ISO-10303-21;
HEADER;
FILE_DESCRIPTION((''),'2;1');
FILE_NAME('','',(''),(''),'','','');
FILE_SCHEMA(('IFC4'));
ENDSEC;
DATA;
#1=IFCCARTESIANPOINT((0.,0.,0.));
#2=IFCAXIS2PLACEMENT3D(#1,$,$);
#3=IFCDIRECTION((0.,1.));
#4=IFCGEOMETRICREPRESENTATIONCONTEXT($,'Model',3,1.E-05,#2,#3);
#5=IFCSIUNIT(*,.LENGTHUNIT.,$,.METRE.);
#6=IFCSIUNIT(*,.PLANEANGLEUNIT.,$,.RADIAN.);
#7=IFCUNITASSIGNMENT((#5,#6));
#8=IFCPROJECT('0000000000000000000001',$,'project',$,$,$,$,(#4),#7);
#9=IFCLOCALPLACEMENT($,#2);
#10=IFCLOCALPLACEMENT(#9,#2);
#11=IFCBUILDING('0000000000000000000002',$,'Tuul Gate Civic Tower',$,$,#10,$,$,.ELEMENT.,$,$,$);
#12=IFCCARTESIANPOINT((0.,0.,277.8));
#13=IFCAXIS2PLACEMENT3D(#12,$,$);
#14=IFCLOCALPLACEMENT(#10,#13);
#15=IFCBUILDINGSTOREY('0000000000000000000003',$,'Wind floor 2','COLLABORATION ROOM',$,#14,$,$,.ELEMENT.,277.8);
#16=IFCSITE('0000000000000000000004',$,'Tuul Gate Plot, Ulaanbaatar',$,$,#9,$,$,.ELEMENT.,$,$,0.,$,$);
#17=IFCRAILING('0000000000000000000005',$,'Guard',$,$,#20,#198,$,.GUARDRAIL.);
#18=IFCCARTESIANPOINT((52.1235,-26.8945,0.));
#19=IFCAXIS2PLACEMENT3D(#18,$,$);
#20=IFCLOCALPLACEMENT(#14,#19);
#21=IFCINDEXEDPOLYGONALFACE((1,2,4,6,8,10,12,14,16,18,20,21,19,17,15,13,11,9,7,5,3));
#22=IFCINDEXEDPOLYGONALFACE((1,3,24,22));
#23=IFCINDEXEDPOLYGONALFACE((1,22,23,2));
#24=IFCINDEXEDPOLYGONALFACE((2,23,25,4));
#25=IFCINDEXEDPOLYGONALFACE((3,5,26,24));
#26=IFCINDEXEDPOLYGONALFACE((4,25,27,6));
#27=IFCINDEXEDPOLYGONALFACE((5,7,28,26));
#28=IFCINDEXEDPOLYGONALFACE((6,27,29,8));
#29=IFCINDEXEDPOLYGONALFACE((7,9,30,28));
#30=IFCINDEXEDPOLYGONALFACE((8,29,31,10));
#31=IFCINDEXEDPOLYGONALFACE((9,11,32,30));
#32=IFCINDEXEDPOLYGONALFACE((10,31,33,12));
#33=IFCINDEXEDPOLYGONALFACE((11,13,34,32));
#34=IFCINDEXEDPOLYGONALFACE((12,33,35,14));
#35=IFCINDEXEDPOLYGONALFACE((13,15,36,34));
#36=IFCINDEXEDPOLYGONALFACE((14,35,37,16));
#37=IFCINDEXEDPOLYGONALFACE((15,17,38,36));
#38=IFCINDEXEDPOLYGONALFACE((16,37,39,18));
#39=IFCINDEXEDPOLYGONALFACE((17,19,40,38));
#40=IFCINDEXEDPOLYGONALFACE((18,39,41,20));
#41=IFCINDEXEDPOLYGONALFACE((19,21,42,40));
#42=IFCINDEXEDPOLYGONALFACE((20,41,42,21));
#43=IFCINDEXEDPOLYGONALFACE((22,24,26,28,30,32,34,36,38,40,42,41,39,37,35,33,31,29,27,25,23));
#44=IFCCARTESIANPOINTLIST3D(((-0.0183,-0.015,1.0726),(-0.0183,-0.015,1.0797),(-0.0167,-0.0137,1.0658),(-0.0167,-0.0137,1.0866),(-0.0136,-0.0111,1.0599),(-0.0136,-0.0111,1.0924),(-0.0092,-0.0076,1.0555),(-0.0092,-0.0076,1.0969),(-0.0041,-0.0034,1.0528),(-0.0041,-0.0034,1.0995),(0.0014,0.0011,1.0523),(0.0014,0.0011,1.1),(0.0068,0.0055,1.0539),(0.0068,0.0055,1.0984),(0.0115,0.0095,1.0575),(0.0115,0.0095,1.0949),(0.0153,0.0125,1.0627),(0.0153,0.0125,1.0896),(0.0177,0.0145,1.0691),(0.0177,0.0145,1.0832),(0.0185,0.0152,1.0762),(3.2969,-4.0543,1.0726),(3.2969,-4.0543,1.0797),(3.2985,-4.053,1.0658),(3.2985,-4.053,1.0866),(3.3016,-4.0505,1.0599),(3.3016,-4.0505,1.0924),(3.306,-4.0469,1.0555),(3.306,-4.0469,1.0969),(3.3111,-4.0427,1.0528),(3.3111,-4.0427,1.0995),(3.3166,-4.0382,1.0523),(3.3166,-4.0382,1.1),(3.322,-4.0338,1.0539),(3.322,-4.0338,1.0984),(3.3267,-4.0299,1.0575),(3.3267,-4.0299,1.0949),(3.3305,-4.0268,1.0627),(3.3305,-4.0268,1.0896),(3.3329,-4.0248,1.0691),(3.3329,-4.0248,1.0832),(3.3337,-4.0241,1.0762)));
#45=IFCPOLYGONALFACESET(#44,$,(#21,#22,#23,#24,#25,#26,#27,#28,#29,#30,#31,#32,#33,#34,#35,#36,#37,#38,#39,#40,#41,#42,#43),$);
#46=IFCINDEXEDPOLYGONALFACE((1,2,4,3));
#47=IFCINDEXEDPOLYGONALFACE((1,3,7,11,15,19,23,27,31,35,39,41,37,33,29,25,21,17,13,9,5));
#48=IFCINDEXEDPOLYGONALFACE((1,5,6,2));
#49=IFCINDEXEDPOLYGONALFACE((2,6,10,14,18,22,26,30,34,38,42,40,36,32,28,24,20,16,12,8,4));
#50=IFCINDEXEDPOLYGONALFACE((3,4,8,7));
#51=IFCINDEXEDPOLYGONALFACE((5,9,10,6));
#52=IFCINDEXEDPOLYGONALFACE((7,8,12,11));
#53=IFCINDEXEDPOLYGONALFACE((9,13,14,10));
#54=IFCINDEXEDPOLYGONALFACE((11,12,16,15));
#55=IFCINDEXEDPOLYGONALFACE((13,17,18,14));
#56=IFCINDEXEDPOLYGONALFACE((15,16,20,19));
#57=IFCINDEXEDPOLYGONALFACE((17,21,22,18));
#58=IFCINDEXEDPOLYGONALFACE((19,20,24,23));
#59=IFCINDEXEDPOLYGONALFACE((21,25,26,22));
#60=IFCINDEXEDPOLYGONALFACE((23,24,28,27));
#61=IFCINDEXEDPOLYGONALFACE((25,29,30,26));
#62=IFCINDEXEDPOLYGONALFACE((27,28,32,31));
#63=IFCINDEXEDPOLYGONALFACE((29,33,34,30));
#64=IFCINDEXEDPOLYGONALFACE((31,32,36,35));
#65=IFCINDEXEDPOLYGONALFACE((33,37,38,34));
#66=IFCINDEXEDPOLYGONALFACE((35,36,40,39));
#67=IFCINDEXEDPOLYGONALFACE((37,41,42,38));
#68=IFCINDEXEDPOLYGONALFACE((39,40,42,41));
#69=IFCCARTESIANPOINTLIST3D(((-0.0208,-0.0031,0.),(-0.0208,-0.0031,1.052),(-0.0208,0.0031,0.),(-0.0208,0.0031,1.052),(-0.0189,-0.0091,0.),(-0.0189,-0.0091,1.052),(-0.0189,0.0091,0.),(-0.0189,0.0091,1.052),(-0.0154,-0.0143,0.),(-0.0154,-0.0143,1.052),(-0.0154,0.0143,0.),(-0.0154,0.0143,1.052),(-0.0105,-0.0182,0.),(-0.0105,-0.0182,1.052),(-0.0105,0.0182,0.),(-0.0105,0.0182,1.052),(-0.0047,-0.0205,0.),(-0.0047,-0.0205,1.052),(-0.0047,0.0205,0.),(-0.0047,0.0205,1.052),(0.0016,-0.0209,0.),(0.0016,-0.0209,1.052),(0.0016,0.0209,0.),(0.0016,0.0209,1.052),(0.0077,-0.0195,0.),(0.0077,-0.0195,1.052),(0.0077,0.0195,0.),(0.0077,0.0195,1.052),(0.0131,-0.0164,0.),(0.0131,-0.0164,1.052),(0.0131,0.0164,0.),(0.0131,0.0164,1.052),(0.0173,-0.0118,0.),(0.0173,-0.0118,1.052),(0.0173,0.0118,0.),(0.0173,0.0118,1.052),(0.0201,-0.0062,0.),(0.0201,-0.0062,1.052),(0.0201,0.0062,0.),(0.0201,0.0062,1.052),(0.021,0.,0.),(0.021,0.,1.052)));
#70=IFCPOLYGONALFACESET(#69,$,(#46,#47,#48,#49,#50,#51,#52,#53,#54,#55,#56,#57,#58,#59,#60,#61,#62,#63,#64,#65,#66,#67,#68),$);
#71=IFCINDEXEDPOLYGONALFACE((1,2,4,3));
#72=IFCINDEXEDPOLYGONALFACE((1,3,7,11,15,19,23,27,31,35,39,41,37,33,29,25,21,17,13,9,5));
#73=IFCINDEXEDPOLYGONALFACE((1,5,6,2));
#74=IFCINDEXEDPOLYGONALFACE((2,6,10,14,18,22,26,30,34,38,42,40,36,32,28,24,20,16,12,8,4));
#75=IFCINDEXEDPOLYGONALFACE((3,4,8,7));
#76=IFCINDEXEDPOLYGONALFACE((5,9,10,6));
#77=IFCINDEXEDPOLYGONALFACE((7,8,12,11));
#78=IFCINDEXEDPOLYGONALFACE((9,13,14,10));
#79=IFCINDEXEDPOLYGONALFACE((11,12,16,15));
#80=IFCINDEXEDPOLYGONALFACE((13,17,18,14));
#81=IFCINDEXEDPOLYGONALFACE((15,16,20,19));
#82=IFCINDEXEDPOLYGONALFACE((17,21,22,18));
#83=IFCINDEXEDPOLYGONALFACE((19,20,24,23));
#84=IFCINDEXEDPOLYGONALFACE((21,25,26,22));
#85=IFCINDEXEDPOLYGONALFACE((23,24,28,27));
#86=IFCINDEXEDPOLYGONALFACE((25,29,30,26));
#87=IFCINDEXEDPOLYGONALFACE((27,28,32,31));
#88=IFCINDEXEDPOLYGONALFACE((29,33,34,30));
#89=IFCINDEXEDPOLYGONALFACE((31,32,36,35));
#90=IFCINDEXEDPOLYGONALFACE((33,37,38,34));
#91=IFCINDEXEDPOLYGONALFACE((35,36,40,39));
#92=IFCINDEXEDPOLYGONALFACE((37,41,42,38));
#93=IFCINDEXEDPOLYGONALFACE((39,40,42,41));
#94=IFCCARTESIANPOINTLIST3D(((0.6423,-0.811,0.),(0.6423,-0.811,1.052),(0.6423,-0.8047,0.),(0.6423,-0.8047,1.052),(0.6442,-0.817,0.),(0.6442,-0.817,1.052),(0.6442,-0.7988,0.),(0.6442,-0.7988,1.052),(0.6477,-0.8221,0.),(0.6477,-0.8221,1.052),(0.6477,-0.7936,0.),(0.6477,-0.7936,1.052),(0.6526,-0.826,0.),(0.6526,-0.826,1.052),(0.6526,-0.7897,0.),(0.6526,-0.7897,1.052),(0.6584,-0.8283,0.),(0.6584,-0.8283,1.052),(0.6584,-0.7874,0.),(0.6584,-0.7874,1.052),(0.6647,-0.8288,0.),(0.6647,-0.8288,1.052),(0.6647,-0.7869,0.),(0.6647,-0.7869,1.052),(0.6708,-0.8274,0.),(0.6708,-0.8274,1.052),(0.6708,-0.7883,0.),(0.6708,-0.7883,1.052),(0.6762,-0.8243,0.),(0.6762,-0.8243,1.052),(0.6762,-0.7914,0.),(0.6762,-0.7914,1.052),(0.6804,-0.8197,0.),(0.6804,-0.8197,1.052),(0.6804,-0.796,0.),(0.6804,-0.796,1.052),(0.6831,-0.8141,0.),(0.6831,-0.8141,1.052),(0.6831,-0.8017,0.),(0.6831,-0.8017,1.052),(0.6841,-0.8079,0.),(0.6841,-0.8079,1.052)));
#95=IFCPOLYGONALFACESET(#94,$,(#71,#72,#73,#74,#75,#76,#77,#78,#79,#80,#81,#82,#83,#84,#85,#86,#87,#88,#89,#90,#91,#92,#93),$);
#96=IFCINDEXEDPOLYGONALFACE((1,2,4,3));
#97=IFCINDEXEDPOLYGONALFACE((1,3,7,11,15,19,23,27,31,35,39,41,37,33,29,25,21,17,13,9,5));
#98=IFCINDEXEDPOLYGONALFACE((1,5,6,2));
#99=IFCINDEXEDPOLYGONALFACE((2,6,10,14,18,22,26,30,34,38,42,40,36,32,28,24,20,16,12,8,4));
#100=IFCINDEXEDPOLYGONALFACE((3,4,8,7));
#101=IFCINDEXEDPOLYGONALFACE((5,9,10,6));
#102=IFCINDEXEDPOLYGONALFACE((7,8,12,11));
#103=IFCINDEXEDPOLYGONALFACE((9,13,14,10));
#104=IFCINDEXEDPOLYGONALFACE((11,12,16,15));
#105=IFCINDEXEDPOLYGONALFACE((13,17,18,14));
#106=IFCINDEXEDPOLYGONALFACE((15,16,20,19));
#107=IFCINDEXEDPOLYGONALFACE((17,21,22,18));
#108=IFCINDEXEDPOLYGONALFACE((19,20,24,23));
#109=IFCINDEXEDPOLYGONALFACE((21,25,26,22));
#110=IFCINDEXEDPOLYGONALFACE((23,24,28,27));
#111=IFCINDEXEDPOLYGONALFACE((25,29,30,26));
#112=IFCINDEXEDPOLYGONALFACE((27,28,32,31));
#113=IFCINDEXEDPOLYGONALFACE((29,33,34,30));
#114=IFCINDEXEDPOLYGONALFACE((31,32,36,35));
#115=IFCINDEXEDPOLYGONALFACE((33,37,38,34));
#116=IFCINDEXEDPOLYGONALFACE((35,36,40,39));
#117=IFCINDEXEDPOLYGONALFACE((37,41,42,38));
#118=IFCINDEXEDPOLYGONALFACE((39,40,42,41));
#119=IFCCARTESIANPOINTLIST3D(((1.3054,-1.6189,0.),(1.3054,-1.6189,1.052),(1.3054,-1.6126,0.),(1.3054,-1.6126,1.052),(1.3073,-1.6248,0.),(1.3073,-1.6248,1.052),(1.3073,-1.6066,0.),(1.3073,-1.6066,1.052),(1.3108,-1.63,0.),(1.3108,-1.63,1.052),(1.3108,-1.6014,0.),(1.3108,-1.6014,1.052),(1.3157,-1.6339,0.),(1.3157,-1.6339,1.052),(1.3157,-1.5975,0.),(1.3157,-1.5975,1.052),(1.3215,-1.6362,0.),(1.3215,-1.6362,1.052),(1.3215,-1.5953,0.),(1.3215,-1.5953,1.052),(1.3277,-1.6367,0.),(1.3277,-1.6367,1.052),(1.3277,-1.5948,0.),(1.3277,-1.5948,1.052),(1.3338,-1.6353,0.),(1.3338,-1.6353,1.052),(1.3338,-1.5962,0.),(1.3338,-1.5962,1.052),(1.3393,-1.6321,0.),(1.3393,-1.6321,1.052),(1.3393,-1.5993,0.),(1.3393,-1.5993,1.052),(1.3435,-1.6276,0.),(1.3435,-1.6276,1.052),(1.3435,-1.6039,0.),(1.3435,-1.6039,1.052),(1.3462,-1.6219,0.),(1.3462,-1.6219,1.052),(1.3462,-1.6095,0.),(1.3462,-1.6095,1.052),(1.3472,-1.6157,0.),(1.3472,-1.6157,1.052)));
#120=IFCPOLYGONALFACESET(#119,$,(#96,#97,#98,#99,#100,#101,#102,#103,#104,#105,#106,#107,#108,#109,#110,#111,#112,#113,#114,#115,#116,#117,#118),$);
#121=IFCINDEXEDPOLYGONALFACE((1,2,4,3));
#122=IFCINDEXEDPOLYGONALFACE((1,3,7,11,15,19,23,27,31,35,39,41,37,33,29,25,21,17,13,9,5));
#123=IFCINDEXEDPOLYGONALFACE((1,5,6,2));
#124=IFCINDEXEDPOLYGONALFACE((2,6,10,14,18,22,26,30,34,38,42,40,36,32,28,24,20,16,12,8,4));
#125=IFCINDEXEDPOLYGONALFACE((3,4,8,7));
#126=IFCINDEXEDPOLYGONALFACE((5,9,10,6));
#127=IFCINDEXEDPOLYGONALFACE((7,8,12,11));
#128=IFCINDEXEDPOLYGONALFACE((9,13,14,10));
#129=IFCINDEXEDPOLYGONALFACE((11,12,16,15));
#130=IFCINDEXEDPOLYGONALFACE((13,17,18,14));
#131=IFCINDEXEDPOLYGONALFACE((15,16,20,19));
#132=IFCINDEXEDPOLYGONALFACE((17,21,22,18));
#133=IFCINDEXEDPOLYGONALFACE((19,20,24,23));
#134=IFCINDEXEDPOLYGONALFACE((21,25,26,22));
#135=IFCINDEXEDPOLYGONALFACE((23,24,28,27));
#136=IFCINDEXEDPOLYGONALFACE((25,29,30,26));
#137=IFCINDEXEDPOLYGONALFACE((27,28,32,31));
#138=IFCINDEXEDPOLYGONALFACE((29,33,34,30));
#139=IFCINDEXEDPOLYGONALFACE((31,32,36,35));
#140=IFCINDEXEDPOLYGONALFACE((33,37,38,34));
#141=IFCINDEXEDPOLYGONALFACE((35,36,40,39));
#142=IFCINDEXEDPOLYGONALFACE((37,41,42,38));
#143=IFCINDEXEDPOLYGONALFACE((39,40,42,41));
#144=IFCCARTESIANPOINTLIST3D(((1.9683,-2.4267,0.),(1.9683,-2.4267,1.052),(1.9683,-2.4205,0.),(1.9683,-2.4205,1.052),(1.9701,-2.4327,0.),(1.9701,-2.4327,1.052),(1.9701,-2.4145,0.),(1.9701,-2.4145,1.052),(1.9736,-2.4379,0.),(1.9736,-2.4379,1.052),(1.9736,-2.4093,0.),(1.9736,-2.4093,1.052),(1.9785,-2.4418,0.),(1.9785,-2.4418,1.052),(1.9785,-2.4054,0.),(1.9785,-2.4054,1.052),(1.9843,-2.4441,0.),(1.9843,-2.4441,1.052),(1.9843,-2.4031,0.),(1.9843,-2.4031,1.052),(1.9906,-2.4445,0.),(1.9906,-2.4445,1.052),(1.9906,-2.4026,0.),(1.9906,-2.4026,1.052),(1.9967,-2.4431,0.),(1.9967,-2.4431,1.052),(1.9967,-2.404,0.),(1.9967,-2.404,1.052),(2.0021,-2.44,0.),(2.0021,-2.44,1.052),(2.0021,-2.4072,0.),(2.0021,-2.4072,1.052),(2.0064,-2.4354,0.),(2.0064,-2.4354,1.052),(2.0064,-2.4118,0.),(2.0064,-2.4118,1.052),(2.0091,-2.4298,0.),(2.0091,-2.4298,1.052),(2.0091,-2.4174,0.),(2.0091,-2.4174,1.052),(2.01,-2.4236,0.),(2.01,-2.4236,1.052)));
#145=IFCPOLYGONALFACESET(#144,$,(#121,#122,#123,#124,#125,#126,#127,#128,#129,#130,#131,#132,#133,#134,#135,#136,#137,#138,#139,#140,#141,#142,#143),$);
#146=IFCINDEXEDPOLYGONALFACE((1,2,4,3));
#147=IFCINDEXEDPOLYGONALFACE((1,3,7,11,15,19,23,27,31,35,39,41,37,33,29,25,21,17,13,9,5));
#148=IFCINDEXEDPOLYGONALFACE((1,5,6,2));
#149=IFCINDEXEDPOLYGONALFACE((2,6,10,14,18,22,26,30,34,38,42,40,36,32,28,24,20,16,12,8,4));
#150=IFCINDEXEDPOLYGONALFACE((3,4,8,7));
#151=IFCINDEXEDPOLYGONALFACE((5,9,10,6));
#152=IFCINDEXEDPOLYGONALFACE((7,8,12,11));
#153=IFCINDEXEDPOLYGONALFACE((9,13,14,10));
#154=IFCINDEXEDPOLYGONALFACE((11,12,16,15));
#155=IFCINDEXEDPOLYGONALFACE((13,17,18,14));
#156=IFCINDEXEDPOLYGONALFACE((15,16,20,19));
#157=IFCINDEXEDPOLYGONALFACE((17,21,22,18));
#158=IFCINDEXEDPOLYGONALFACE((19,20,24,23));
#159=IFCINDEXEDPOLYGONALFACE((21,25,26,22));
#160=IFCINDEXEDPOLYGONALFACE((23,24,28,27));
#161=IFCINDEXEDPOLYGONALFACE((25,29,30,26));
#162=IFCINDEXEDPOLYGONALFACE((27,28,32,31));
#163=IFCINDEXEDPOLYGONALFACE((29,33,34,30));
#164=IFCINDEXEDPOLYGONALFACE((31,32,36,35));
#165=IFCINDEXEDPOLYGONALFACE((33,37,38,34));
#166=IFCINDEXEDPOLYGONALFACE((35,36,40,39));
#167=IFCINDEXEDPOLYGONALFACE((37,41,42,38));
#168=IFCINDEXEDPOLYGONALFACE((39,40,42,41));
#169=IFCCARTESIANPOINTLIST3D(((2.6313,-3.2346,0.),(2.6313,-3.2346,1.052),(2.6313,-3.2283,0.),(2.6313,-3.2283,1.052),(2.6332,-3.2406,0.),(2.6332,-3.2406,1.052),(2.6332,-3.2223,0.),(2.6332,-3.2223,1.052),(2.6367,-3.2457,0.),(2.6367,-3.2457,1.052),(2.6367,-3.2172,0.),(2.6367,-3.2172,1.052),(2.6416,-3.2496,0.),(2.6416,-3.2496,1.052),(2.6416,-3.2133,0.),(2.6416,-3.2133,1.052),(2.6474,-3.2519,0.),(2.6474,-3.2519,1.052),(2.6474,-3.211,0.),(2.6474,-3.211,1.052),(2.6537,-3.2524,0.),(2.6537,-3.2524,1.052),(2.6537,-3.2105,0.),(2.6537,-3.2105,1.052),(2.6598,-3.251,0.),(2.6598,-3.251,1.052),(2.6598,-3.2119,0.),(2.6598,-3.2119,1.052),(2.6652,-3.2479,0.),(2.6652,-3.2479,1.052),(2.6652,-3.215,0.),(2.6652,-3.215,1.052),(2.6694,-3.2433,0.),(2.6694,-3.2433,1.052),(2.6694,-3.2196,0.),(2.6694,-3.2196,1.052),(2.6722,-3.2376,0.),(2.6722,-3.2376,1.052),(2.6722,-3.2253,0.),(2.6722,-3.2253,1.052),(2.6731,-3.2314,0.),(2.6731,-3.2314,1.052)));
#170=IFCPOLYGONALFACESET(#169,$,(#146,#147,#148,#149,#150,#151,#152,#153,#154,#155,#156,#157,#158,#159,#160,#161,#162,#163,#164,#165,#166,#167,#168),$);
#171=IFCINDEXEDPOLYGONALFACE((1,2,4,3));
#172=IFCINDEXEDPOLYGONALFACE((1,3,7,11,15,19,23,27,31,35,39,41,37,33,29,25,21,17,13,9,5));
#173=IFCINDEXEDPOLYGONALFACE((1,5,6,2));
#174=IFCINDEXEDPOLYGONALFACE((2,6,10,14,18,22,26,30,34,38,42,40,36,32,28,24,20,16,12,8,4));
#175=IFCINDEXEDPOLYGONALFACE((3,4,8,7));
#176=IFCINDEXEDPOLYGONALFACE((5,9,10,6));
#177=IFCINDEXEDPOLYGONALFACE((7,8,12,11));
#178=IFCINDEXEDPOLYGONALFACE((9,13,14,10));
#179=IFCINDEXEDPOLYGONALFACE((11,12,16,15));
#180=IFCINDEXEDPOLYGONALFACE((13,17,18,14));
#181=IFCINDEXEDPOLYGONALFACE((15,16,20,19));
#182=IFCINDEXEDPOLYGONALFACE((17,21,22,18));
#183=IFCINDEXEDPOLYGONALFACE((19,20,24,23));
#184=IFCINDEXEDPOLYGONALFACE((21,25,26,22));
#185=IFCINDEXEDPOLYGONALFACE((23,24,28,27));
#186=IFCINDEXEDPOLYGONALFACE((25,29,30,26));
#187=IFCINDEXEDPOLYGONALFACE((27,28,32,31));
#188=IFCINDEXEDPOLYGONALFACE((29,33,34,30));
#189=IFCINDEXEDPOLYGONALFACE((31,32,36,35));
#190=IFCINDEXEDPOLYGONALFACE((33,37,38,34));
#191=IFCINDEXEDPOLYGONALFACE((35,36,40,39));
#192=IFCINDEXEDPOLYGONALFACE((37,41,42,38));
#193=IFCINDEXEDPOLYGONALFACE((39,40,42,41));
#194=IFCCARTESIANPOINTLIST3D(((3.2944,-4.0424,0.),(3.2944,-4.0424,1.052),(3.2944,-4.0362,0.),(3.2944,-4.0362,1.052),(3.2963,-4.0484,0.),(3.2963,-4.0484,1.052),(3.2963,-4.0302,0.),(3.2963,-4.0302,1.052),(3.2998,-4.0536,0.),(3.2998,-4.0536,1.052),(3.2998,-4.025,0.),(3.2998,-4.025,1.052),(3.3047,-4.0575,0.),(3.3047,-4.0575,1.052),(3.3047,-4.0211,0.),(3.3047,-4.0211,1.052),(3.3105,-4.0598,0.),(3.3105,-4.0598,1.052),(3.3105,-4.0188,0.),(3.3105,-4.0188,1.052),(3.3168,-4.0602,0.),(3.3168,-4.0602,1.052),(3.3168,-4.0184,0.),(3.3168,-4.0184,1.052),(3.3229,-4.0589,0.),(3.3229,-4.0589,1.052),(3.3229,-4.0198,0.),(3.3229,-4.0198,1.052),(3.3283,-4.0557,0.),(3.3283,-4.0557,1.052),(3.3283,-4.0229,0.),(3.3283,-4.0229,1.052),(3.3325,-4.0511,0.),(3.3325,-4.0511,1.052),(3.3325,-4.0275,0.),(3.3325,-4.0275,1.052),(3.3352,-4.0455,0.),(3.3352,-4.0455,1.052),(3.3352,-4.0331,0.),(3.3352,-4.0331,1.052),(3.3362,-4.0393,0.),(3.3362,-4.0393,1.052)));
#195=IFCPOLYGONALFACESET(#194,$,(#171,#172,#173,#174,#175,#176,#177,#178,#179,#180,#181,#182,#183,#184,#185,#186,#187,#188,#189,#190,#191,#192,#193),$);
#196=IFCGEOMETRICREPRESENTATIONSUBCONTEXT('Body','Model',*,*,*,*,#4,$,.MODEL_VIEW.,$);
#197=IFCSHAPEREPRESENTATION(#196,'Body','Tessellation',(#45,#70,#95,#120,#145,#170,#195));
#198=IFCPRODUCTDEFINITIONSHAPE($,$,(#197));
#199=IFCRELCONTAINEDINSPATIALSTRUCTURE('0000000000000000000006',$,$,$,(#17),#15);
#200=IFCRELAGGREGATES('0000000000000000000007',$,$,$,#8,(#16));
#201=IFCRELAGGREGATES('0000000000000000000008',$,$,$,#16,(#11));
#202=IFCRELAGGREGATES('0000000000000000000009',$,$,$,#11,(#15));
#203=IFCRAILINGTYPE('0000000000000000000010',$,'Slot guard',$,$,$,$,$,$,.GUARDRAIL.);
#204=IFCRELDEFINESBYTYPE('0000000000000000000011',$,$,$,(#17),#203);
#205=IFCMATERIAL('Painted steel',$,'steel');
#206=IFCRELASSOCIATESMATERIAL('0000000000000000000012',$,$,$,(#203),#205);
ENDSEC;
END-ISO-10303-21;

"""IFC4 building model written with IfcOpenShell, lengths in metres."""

from ifc_helpers import new_model, si_unit, direction, frame, origin, origin_2d, place, context, subcontext, project, spatial, circle, extrude, material, type_object, element, save


model = new_model("IFC4")

# Units and contexts
model_context = context("Model", 3, precision=1e-05, world=origin(), true_north=direction((0.0, 1.0)))
body_context = subcontext(model_context, "Body", "Model", "MODEL_VIEW")
ifc_project = project(units=[si_unit("LENGTHUNIT", "METRE"), si_unit("PLANEANGLEUNIT", "RADIAN")], contexts=[model_context])

# Site, building, storey
site_placement = place(None, origin())
site = spatial("IfcSite", under=ifc_project, at=site_placement, Name="Tuul Gate Plot, Ulaanbaatar", CompositionType="ELEMENT", RefElevation=0.0)
building_placement = place(site_placement, origin())
building = spatial("IfcBuilding", under=site, at=building_placement, Name="Tuul Gate Civic Tower", CompositionType="ELEMENT")
storey_placement = place(building_placement, frame((0.0, 0.0, 277.8)))
storey = spatial("IfcBuildingStorey", under=building, at=storey_placement, Name="Wind floor 2", Description="COLLABORATION ROOM", CompositionType="ELEMENT", Elevation=277.8)

# Railing
ifc_material_1 = material(Name="Painted steel", Category="steel")
railing_type = type_object("IfcRailingType", Name="Slot guard", PredefinedType="GUARDRAIL", material=ifc_material_1)
railing_1_placement = place(storey_placement, frame((52.1235, -26.8945, 0.0)))
element("IfcRailing", 1, at=railing_1_placement, inside=storey, type_object=railing_type, Name="Guard", PredefinedType="GUARDRAIL", context=body_context, shape_type="SweptSolid", body=[
    extrude(circle(Radius=0.0239, at=origin_2d()), frame((0.0, 0.0, 1.0762), z_axis=(0.634418, -0.772991, 0.0), x_axis=(0.772991, 0.634418, 0.0)), (0.0, 0.0, 1.0), 5.2256),
    extrude(circle(Radius=0.021, at=origin_2d()), origin(), (0.0, 0.0, 1.0), 1.052),
    extrude(circle(Radius=0.021, at=origin_2d()), frame((0.6631, -0.8079, 0.0)), (0.0, 0.0, 1.0), 1.052),
    extrude(circle(Radius=0.021, at=origin_2d()), frame((1.3262, -1.6157, 0.0)), (0.0, 0.0, 1.0), 1.052),
    extrude(circle(Radius=0.021, at=origin_2d()), frame((1.989, -2.4236, 0.0)), (0.0, 0.0, 1.0), 1.052),
    extrude(circle(Radius=0.021, at=origin_2d()), frame((2.6521, -3.2314, 0.0)), (0.0, 0.0, 1.0), 1.052),
    extrude(circle(Radius=0.021, at=origin_2d()), frame((3.3152, -4.0393, 0.0)), (0.0, 0.0, 1.0), 1.052),
])

save(model, "model.ifc")
